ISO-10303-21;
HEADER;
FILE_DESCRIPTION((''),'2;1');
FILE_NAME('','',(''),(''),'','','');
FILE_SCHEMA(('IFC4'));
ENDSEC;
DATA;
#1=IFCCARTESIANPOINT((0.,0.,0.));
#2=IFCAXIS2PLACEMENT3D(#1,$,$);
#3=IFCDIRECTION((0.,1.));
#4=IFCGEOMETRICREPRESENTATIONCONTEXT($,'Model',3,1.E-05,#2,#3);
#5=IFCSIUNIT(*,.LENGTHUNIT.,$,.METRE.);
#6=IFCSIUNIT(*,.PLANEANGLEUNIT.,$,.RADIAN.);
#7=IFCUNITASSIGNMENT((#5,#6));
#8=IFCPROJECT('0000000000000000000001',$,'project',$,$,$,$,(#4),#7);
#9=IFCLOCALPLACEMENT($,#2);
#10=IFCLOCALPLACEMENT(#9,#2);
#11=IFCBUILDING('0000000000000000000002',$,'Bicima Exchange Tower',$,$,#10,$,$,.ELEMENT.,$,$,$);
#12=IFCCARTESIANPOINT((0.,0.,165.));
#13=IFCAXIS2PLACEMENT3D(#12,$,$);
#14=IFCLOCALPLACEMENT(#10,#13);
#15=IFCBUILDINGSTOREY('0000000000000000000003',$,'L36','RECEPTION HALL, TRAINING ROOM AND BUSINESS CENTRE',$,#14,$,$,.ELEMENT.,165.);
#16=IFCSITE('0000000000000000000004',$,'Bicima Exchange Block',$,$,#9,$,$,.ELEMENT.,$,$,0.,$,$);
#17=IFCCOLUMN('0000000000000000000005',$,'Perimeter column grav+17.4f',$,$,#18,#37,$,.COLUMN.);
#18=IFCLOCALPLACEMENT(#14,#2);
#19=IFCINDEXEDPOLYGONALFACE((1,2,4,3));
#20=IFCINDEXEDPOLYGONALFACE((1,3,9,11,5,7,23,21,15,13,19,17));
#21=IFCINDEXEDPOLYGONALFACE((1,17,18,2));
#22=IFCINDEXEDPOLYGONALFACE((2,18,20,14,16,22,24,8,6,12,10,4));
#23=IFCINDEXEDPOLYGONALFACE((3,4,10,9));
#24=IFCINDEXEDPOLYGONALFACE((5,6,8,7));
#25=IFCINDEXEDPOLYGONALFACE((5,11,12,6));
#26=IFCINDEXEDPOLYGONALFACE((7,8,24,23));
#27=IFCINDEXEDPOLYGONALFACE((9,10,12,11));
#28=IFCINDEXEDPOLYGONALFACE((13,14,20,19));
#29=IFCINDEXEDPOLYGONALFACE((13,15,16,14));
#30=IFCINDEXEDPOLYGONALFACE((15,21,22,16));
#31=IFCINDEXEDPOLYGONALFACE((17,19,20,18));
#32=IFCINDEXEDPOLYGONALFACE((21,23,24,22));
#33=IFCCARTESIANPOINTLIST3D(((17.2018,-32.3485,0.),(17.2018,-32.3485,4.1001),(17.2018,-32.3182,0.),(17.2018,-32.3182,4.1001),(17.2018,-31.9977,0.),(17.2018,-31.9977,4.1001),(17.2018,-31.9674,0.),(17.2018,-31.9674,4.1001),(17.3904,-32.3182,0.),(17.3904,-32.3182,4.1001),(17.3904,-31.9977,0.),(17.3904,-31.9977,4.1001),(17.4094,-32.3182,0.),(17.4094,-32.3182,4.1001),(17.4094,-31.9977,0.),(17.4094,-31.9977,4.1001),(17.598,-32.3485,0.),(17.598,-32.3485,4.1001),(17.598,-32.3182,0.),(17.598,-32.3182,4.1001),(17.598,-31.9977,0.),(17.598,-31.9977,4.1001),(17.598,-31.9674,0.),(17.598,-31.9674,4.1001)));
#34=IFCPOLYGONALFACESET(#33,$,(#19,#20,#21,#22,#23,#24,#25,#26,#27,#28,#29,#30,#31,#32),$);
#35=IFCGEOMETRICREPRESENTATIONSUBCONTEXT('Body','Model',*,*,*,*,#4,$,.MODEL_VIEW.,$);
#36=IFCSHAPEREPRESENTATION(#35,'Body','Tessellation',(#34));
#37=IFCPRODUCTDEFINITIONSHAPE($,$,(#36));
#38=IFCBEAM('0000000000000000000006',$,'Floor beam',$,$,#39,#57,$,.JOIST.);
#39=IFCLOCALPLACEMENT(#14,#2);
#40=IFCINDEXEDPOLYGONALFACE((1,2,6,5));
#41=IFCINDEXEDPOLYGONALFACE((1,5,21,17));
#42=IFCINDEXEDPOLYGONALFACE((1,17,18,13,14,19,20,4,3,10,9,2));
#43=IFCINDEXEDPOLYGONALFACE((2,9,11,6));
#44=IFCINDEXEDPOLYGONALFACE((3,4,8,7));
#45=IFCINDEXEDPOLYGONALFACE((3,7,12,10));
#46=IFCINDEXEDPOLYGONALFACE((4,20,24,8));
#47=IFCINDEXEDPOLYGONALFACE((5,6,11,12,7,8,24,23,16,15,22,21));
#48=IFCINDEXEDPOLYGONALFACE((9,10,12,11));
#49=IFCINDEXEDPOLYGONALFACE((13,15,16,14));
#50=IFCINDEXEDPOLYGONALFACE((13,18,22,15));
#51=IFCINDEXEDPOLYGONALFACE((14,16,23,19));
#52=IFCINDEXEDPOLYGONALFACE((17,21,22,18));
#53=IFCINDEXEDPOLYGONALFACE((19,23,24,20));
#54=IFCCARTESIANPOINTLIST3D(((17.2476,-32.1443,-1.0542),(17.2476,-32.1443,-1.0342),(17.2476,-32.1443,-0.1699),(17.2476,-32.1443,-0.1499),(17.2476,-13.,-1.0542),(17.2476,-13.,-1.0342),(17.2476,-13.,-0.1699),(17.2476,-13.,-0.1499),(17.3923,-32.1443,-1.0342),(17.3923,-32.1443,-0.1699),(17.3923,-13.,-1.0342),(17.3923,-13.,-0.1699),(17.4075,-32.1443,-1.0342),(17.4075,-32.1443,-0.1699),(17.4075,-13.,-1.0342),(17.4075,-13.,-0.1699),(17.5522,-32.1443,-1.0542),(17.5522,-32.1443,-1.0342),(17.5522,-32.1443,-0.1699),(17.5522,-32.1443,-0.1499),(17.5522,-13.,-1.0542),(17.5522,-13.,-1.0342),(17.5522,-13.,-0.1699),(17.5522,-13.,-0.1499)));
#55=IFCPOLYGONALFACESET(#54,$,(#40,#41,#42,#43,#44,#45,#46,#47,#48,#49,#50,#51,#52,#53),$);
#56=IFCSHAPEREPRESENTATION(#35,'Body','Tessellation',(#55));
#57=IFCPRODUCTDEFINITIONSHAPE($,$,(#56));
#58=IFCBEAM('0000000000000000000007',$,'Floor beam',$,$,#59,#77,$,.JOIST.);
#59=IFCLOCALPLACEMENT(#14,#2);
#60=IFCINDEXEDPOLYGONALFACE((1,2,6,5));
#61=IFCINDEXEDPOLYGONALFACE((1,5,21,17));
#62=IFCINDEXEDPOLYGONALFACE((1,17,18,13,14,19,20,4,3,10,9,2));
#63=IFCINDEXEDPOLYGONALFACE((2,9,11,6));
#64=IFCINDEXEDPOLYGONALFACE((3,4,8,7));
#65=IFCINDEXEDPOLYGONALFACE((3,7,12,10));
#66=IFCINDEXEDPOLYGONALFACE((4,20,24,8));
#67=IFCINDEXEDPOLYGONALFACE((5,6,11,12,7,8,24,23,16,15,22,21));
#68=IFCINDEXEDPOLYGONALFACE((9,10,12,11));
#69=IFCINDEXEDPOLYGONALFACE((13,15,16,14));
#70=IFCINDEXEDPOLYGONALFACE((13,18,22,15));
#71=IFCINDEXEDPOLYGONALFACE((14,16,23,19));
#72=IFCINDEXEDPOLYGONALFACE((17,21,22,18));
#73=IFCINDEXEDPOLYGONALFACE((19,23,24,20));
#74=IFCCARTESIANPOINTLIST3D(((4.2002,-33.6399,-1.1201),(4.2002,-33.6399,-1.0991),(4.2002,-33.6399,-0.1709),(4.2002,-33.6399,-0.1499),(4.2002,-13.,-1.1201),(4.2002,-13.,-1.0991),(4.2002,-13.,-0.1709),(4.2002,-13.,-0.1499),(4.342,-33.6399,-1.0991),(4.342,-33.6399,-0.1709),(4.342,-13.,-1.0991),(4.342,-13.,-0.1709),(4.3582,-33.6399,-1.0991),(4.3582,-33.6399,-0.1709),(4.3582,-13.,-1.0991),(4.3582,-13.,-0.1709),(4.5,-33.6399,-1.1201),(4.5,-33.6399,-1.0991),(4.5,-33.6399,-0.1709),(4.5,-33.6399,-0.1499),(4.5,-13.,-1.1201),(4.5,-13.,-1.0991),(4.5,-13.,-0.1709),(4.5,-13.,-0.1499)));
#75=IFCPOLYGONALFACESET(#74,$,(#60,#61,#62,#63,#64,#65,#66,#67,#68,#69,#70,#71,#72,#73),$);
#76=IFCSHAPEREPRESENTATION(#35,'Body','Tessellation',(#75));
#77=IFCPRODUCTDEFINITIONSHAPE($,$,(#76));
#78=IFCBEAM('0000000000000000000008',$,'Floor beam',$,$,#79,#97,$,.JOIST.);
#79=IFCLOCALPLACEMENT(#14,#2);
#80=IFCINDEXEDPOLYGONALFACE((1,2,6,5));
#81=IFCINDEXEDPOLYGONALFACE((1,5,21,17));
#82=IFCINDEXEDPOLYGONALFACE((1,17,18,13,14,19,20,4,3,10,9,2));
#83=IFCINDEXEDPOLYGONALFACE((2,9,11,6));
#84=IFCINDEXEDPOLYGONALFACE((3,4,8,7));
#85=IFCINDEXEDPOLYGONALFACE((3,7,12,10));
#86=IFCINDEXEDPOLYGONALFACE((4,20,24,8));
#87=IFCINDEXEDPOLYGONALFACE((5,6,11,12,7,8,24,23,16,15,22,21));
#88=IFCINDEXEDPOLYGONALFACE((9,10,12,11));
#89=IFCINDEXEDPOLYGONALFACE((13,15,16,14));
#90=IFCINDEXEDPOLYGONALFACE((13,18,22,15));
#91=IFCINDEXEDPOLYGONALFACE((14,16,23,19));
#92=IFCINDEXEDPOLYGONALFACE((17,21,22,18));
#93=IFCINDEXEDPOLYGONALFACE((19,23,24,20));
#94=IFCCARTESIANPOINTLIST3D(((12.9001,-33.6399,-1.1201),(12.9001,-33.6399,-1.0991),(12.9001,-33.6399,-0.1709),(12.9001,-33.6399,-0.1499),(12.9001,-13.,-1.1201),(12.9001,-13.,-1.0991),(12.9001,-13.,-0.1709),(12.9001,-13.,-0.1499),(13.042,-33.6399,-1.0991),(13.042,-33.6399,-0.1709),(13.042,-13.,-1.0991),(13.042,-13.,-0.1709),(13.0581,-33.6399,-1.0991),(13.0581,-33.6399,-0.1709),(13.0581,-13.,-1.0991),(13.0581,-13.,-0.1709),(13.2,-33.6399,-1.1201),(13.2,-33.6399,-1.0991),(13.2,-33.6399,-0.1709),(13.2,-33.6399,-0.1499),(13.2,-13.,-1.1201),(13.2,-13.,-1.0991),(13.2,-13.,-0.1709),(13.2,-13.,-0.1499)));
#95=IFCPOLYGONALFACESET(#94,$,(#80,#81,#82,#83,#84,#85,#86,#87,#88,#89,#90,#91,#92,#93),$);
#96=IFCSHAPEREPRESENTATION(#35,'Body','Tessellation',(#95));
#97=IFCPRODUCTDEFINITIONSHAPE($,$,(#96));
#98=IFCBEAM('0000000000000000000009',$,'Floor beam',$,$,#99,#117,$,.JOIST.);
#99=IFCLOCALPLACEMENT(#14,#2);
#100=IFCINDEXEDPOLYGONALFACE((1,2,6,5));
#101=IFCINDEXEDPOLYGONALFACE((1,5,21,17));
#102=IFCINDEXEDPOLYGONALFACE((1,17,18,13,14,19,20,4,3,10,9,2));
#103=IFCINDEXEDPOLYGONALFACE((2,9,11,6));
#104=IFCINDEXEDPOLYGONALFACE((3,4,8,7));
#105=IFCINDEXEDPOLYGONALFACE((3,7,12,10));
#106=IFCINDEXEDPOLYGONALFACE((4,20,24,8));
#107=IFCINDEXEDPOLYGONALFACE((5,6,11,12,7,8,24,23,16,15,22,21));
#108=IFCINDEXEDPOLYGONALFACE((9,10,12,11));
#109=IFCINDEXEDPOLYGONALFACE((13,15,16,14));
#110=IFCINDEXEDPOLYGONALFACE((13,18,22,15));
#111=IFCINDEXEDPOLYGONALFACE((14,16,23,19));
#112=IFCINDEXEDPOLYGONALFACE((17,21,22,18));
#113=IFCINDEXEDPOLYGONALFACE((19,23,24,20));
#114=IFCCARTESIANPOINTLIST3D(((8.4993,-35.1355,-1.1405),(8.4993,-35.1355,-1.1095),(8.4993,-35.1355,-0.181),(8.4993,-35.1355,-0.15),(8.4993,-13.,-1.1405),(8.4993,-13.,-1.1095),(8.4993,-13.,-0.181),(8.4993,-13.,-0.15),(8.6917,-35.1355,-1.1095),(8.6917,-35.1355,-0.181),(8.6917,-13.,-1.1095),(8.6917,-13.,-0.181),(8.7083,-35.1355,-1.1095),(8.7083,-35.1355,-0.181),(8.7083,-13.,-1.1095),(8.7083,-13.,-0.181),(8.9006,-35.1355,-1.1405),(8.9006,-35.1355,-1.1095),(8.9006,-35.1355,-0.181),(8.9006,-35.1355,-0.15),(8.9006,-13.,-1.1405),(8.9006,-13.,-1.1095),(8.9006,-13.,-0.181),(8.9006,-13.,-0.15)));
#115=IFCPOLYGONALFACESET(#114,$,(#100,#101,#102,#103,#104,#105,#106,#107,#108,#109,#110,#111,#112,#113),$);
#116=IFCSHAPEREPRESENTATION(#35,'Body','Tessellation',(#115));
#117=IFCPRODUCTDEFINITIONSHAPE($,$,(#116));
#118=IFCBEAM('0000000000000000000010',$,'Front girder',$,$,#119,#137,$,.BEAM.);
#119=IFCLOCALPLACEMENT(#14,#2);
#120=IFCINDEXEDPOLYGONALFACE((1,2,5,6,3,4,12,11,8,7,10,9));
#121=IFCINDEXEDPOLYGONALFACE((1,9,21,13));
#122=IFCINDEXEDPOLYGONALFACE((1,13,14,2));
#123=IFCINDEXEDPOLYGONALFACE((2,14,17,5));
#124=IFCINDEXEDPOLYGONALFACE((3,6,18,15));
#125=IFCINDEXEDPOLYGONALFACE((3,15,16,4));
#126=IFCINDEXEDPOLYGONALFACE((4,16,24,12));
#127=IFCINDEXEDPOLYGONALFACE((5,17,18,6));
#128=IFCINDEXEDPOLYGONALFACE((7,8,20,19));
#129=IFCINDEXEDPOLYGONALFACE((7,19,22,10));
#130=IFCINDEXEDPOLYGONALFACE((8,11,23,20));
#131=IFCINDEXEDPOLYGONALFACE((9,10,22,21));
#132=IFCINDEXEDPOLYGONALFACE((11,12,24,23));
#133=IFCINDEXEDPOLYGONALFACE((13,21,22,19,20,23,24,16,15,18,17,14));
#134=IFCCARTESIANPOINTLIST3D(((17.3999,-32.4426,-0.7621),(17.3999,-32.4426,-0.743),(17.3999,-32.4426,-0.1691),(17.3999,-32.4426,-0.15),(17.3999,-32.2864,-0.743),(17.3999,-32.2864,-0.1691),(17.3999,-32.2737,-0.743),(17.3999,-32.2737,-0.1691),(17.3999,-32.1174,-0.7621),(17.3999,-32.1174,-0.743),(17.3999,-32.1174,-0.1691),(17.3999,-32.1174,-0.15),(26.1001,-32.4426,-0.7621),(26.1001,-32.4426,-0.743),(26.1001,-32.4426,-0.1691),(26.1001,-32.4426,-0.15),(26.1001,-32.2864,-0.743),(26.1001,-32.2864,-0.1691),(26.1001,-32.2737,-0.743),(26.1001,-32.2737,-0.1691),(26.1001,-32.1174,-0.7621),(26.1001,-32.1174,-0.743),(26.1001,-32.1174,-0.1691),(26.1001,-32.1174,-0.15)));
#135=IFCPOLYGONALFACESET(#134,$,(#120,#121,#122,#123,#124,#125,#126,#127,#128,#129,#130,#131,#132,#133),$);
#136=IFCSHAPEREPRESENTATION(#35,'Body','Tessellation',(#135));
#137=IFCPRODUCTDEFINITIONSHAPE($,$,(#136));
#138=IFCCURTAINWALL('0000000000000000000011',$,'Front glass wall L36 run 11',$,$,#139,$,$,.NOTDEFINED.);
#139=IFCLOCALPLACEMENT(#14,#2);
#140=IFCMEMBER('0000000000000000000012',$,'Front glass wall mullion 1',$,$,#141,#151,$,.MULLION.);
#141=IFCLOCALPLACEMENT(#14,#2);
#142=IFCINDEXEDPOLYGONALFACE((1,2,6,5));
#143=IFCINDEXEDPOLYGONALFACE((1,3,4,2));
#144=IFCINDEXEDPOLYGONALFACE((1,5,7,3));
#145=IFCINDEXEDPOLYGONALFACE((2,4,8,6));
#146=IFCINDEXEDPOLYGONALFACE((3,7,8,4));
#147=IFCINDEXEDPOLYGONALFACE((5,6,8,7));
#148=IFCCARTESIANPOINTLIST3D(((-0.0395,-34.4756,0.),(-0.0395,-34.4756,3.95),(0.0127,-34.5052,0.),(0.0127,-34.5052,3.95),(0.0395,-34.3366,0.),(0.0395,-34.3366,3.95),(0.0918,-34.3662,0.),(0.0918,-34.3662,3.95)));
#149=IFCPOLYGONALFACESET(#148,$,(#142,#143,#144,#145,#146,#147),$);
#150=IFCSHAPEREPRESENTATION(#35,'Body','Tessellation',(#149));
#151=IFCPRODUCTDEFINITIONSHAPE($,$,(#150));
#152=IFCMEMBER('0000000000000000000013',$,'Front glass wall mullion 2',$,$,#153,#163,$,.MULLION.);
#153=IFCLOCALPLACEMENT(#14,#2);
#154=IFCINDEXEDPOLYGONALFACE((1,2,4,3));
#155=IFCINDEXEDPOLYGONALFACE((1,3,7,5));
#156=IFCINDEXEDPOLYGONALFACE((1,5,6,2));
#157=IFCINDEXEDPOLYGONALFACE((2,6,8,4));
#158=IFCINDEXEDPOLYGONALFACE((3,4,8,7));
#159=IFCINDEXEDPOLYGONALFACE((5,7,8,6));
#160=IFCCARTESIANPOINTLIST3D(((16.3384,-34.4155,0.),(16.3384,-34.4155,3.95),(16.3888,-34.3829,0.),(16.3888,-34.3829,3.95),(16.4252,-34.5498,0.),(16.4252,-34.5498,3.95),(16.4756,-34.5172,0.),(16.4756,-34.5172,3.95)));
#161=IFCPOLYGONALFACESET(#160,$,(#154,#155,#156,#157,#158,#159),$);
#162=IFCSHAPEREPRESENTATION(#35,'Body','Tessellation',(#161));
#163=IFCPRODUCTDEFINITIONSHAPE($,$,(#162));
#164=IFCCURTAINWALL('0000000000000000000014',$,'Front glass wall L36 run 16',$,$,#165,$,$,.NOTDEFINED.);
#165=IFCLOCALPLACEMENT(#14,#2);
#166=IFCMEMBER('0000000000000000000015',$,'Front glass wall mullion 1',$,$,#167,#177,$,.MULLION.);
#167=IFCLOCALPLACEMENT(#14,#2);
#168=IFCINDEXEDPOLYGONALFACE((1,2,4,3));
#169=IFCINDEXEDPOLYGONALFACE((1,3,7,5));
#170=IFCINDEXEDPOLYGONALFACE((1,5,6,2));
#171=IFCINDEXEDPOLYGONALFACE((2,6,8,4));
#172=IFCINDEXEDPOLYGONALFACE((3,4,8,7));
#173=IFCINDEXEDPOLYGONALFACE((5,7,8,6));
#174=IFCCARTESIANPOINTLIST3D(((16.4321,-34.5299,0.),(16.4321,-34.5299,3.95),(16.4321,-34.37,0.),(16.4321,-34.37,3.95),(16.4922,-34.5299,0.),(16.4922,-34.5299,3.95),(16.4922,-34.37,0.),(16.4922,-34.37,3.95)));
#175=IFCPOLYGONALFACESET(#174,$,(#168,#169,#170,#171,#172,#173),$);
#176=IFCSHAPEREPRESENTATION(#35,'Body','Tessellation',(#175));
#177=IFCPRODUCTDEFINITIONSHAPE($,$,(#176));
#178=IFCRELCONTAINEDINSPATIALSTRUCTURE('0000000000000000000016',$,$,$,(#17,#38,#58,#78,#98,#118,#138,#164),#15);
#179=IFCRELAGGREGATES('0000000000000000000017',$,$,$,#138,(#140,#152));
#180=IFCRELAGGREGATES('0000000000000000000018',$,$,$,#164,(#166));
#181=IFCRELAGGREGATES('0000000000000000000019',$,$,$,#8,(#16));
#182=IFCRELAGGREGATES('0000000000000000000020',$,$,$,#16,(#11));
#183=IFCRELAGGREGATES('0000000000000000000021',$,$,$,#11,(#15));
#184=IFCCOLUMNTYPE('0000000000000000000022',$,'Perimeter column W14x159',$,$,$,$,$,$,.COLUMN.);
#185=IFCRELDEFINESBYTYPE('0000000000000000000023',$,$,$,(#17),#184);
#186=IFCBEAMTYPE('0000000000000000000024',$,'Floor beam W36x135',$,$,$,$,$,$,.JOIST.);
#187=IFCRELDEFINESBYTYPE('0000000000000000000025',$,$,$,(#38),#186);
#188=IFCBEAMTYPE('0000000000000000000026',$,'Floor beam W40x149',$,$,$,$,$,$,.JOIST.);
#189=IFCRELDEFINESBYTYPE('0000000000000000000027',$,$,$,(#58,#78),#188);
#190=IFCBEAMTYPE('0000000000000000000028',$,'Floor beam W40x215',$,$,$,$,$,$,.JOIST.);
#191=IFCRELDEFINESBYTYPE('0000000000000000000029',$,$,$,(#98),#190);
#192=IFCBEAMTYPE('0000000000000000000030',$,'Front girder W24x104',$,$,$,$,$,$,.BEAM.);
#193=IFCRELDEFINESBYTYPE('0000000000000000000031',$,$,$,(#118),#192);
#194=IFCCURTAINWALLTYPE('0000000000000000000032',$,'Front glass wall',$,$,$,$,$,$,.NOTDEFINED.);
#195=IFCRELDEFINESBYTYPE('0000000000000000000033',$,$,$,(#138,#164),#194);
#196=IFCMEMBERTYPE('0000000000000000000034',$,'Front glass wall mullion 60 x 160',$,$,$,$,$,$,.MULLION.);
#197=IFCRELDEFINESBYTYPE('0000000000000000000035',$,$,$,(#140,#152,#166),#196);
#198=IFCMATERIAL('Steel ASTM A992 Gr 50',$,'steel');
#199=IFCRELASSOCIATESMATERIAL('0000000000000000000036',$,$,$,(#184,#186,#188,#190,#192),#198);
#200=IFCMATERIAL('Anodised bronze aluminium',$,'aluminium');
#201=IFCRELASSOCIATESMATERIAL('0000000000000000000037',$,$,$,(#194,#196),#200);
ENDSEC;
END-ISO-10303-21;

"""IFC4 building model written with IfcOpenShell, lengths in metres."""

from ifc_helpers import new_model, si_unit, direction, frame, origin, origin_2d, place, context, subcontext, project, spatial, rectangle, i_section, extrude, material, material_profile, profile_set, type_object, element, aggregate, save


model = new_model("IFC4")

# Units and contexts
model_context = context("Model", 3, precision=1e-05, world=origin(), true_north=direction((0.0, 1.0)))
body_context = subcontext(model_context, "Body", "Model", "MODEL_VIEW")
ifc_project = project(units=[si_unit("LENGTHUNIT", "METRE"), si_unit("PLANEANGLEUNIT", "RADIAN")], contexts=[model_context])

# Site, building, storey
site_placement = place(None, origin())
site = spatial("IfcSite", under=ifc_project, at=site_placement, Name="Bicima Exchange Block", CompositionType="ELEMENT", RefElevation=0.0)
building_placement = place(site_placement, origin())
building = spatial("IfcBuilding", under=site, at=building_placement, Name="Bicima Exchange Tower", CompositionType="ELEMENT")
storey_placement = place(building_placement, frame((0.0, 0.0, 165.0)))
storey = spatial("IfcBuildingStorey", under=building, at=storey_placement, Name="L36", Description="RECEPTION HALL, TRAINING ROOM AND BUSINESS CENTRE", CompositionType="ELEMENT", Elevation=165.0)

# Column
ifc_material_1 = material(Name="Steel ASTM A992 Gr 50", Category="steel")
ifc_material_profile_1 = material_profile(ifc_material_1, i_section(OverallWidth=0.3962, OverallDepth=0.3811, WebThickness=0.019, FlangeThickness=0.0303, at=origin_2d()))
ifc_profile_set_1 = profile_set([ifc_material_profile_1], Name="Steel ASTM A992 Gr 50")
column_type = type_object("IfcColumnType", Name="Perimeter column W14x159", PredefinedType="COLUMN", material=ifc_profile_set_1)
column_placement = place(storey_placement, frame((17.3999, -32.158, 0.0), z_axis=(0.0, 0.0, 1.0), x_axis=(1.0, 0.0, 0.0)))
element("IfcColumn", 1, at=column_placement, inside=storey, type_object=column_type, Name="Perimeter column grav+17.4f", PredefinedType="COLUMN", context=body_context, shape_type="SweptSolid", body=[
    extrude(i_section(OverallWidth=0.3962, OverallDepth=0.3811, WebThickness=0.019, FlangeThickness=0.0303, at=origin_2d()), origin(), (0.0, 0.0, 1.0), 4.1001),
])

# Beams
ifc_material_profile_2 = material_profile(ifc_material_1, i_section(OverallWidth=0.3047, OverallDepth=0.9043, WebThickness=0.0151, FlangeThickness=0.02, at=origin_2d()))
ifc_profile_set_2 = profile_set([ifc_material_profile_2], Name="Steel ASTM A992 Gr 50")
beam_type_1 = type_object("IfcBeamType", Name="Floor beam W36x135", PredefinedType="JOIST", material=ifc_profile_set_2)
beam_1_placement = place(storey_placement, frame((17.3999, -13.0, -0.6021), z_axis=(0.0, -1.0, 0.0), x_axis=(1.0, 0.0, 0.0)))
element("IfcBeam", 2, at=beam_1_placement, inside=storey, type_object=beam_type_1, Name="Floor beam", PredefinedType="JOIST", context=body_context, shape_type="SweptSolid", body=[
    extrude(i_section(OverallWidth=0.3047, OverallDepth=0.9043, WebThickness=0.0151, FlangeThickness=0.02, at=origin_2d()), origin(), (0.0, 0.0, 1.0), 19.1443),
])
ifc_material_profile_3 = material_profile(ifc_material_1, i_section(OverallWidth=0.2998, OverallDepth=0.9702, WebThickness=0.0161, FlangeThickness=0.021, at=origin_2d()))
ifc_profile_set_3 = profile_set([ifc_material_profile_3], Name="Steel ASTM A992 Gr 50")
beam_type_2 = type_object("IfcBeamType", Name="Floor beam W40x149", PredefinedType="JOIST", material=ifc_profile_set_3)
for number, where, z_axis, x_axis, name in (
    (3, (4.3501, -13.0, -0.635), (0.0, -1.0, 0.0), (1.0, 0.0, 0.0), "Floor beam"),
    (4, (13.05, -13.0, -0.635), (0.0, -1.0, 0.0), (1.0, 0.0, 0.0), "Floor beam"),
):
    element("IfcBeam", number, at=place(storey_placement, frame(where, z_axis=z_axis, x_axis=x_axis)), inside=storey, type_object=beam_type_2, Name=name, PredefinedType="JOIST", context=body_context, shape_type="SweptSolid", body=[
        extrude(i_section(OverallWidth=0.2998, OverallDepth=0.9702, WebThickness=0.0161, FlangeThickness=0.021, at=origin_2d()), origin(), (0.0, 0.0, 1.0), 20.6399),
    ])
ifc_material_profile_4 = material_profile(ifc_material_1, i_section(OverallWidth=0.4014, OverallDepth=0.9905, WebThickness=0.0166, FlangeThickness=0.031, at=origin_2d()))
ifc_profile_set_4 = profile_set([ifc_material_profile_4], Name="Steel ASTM A992 Gr 50")
beam_type_3 = type_object("IfcBeamType", Name="Floor beam W40x215", PredefinedType="JOIST", material=ifc_profile_set_4)
beam_2_placement = place(storey_placement, frame((8.7, -13.0, -0.6453), z_axis=(0.0, -1.0, 0.0), x_axis=(1.0, 0.0, 0.0)))
element("IfcBeam", 5, at=beam_2_placement, inside=storey, type_object=beam_type_3, Name="Floor beam", PredefinedType="JOIST", context=body_context, shape_type="SweptSolid", body=[
    extrude(i_section(OverallWidth=0.4014, OverallDepth=0.9905, WebThickness=0.0166, FlangeThickness=0.031, at=origin_2d()), origin(), (0.0, 0.0, 1.0), 22.1355),
])
ifc_material_profile_5 = material_profile(ifc_material_1, i_section(OverallWidth=0.3252, OverallDepth=0.6121, WebThickness=0.0127, FlangeThickness=0.019, at=origin_2d()))
ifc_profile_set_5 = profile_set([ifc_material_profile_5], Name="Steel ASTM A992 Gr 50")
beam_type_4 = type_object("IfcBeamType", Name="Front girder W24x104", PredefinedType="BEAM", material=ifc_profile_set_5)
beam_3_placement = place(storey_placement, frame((17.3999, -32.28, -0.4561), z_axis=(1.0, 0.0, 0.0), x_axis=(0.0, 1.0, 0.0)))
element("IfcBeam", 6, at=beam_3_placement, inside=storey, type_object=beam_type_4, Name="Front girder", PredefinedType="BEAM", context=body_context, shape_type="SweptSolid", body=[
    extrude(i_section(OverallWidth=0.3252, OverallDepth=0.6121, WebThickness=0.0127, FlangeThickness=0.019, at=origin_2d()), origin(), (0.0, 0.0, 1.0), 8.7002),
])

# Curtain wall, members
ifc_material_2 = material(Name="Anodised bronze aluminium", Category="aluminium")
curtain_wall_type = type_object("IfcCurtainWallType", Name="Front glass wall", PredefinedType="NOTDEFINED", material=ifc_material_2)
curtain_wall_1_placement = place(storey_placement, origin())
curtain_wall_1 = element("IfcCurtainWall", 7, at=curtain_wall_1_placement, inside=storey, type_object=curtain_wall_type, Name="Front glass wall L36 run 11", PredefinedType="NOTDEFINED")
ifc_material_profile_6 = material_profile(ifc_material_2, rectangle(XDim=0.1599, YDim=0.0601, at=origin_2d()))
ifc_profile_set_6 = profile_set([ifc_material_profile_6], Name="Anodised bronze aluminium")
member_type_1 = type_object("IfcMemberType", Name="Front glass wall mullion 60 x 160", PredefinedType="MULLION", material=ifc_profile_set_6)
member_1_placement = place(storey_placement, frame((0.0261, -34.4209, 0.0), z_axis=(0.0, 0.0, 1.0), x_axis=(0.49433, 0.869274, 0.0)))
member_1 = element("IfcMember", 8, at=member_1_placement, type_object=member_type_1, Name="Front glass wall mullion 1", PredefinedType="MULLION", context=body_context, shape_type="SweptSolid", body=[
    extrude(rectangle(XDim=0.1599, YDim=0.0601, at=origin_2d()), origin(), (0.0, 0.0, 1.0), 3.95),
])
member_2_placement = place(storey_placement, frame((16.407, -34.4663, 0.0), z_axis=(0.0, 0.0, 1.0), x_axis=(-0.542909, 0.839791, 0.0)))
member_2 = element("IfcMember", 9, at=member_2_placement, type_object=member_type_1, Name="Front glass wall mullion 2", PredefinedType="MULLION", context=body_context, shape_type="SweptSolid", body=[
    extrude(rectangle(XDim=0.1599, YDim=0.0601, at=origin_2d()), origin(), (0.0, 0.0, 1.0), 3.95),
])

# Curtain wall, member
curtain_wall_2_placement = place(storey_placement, origin())
curtain_wall_2 = element("IfcCurtainWall", 10, at=curtain_wall_2_placement, inside=storey, type_object=curtain_wall_type, Name="Front glass wall L36 run 16", PredefinedType="NOTDEFINED")
member_3_placement = place(storey_placement, frame((16.4622, -34.45, 0.0), z_axis=(0.0, 0.0, 1.0), x_axis=(0.0, 1.0, 0.0)))
member_3 = element("IfcMember", 11, at=member_3_placement, type_object=member_type_1, Name="Front glass wall mullion 1", PredefinedType="MULLION", context=body_context, shape_type="SweptSolid", body=[
    extrude(rectangle(XDim=0.1599, YDim=0.0601, at=origin_2d()), origin(), (0.0, 0.0, 1.0), 3.95),
])

aggregate(curtain_wall_1, [member_1, member_2])

aggregate(curtain_wall_2, [member_3])

save(model, "model.ifc")
